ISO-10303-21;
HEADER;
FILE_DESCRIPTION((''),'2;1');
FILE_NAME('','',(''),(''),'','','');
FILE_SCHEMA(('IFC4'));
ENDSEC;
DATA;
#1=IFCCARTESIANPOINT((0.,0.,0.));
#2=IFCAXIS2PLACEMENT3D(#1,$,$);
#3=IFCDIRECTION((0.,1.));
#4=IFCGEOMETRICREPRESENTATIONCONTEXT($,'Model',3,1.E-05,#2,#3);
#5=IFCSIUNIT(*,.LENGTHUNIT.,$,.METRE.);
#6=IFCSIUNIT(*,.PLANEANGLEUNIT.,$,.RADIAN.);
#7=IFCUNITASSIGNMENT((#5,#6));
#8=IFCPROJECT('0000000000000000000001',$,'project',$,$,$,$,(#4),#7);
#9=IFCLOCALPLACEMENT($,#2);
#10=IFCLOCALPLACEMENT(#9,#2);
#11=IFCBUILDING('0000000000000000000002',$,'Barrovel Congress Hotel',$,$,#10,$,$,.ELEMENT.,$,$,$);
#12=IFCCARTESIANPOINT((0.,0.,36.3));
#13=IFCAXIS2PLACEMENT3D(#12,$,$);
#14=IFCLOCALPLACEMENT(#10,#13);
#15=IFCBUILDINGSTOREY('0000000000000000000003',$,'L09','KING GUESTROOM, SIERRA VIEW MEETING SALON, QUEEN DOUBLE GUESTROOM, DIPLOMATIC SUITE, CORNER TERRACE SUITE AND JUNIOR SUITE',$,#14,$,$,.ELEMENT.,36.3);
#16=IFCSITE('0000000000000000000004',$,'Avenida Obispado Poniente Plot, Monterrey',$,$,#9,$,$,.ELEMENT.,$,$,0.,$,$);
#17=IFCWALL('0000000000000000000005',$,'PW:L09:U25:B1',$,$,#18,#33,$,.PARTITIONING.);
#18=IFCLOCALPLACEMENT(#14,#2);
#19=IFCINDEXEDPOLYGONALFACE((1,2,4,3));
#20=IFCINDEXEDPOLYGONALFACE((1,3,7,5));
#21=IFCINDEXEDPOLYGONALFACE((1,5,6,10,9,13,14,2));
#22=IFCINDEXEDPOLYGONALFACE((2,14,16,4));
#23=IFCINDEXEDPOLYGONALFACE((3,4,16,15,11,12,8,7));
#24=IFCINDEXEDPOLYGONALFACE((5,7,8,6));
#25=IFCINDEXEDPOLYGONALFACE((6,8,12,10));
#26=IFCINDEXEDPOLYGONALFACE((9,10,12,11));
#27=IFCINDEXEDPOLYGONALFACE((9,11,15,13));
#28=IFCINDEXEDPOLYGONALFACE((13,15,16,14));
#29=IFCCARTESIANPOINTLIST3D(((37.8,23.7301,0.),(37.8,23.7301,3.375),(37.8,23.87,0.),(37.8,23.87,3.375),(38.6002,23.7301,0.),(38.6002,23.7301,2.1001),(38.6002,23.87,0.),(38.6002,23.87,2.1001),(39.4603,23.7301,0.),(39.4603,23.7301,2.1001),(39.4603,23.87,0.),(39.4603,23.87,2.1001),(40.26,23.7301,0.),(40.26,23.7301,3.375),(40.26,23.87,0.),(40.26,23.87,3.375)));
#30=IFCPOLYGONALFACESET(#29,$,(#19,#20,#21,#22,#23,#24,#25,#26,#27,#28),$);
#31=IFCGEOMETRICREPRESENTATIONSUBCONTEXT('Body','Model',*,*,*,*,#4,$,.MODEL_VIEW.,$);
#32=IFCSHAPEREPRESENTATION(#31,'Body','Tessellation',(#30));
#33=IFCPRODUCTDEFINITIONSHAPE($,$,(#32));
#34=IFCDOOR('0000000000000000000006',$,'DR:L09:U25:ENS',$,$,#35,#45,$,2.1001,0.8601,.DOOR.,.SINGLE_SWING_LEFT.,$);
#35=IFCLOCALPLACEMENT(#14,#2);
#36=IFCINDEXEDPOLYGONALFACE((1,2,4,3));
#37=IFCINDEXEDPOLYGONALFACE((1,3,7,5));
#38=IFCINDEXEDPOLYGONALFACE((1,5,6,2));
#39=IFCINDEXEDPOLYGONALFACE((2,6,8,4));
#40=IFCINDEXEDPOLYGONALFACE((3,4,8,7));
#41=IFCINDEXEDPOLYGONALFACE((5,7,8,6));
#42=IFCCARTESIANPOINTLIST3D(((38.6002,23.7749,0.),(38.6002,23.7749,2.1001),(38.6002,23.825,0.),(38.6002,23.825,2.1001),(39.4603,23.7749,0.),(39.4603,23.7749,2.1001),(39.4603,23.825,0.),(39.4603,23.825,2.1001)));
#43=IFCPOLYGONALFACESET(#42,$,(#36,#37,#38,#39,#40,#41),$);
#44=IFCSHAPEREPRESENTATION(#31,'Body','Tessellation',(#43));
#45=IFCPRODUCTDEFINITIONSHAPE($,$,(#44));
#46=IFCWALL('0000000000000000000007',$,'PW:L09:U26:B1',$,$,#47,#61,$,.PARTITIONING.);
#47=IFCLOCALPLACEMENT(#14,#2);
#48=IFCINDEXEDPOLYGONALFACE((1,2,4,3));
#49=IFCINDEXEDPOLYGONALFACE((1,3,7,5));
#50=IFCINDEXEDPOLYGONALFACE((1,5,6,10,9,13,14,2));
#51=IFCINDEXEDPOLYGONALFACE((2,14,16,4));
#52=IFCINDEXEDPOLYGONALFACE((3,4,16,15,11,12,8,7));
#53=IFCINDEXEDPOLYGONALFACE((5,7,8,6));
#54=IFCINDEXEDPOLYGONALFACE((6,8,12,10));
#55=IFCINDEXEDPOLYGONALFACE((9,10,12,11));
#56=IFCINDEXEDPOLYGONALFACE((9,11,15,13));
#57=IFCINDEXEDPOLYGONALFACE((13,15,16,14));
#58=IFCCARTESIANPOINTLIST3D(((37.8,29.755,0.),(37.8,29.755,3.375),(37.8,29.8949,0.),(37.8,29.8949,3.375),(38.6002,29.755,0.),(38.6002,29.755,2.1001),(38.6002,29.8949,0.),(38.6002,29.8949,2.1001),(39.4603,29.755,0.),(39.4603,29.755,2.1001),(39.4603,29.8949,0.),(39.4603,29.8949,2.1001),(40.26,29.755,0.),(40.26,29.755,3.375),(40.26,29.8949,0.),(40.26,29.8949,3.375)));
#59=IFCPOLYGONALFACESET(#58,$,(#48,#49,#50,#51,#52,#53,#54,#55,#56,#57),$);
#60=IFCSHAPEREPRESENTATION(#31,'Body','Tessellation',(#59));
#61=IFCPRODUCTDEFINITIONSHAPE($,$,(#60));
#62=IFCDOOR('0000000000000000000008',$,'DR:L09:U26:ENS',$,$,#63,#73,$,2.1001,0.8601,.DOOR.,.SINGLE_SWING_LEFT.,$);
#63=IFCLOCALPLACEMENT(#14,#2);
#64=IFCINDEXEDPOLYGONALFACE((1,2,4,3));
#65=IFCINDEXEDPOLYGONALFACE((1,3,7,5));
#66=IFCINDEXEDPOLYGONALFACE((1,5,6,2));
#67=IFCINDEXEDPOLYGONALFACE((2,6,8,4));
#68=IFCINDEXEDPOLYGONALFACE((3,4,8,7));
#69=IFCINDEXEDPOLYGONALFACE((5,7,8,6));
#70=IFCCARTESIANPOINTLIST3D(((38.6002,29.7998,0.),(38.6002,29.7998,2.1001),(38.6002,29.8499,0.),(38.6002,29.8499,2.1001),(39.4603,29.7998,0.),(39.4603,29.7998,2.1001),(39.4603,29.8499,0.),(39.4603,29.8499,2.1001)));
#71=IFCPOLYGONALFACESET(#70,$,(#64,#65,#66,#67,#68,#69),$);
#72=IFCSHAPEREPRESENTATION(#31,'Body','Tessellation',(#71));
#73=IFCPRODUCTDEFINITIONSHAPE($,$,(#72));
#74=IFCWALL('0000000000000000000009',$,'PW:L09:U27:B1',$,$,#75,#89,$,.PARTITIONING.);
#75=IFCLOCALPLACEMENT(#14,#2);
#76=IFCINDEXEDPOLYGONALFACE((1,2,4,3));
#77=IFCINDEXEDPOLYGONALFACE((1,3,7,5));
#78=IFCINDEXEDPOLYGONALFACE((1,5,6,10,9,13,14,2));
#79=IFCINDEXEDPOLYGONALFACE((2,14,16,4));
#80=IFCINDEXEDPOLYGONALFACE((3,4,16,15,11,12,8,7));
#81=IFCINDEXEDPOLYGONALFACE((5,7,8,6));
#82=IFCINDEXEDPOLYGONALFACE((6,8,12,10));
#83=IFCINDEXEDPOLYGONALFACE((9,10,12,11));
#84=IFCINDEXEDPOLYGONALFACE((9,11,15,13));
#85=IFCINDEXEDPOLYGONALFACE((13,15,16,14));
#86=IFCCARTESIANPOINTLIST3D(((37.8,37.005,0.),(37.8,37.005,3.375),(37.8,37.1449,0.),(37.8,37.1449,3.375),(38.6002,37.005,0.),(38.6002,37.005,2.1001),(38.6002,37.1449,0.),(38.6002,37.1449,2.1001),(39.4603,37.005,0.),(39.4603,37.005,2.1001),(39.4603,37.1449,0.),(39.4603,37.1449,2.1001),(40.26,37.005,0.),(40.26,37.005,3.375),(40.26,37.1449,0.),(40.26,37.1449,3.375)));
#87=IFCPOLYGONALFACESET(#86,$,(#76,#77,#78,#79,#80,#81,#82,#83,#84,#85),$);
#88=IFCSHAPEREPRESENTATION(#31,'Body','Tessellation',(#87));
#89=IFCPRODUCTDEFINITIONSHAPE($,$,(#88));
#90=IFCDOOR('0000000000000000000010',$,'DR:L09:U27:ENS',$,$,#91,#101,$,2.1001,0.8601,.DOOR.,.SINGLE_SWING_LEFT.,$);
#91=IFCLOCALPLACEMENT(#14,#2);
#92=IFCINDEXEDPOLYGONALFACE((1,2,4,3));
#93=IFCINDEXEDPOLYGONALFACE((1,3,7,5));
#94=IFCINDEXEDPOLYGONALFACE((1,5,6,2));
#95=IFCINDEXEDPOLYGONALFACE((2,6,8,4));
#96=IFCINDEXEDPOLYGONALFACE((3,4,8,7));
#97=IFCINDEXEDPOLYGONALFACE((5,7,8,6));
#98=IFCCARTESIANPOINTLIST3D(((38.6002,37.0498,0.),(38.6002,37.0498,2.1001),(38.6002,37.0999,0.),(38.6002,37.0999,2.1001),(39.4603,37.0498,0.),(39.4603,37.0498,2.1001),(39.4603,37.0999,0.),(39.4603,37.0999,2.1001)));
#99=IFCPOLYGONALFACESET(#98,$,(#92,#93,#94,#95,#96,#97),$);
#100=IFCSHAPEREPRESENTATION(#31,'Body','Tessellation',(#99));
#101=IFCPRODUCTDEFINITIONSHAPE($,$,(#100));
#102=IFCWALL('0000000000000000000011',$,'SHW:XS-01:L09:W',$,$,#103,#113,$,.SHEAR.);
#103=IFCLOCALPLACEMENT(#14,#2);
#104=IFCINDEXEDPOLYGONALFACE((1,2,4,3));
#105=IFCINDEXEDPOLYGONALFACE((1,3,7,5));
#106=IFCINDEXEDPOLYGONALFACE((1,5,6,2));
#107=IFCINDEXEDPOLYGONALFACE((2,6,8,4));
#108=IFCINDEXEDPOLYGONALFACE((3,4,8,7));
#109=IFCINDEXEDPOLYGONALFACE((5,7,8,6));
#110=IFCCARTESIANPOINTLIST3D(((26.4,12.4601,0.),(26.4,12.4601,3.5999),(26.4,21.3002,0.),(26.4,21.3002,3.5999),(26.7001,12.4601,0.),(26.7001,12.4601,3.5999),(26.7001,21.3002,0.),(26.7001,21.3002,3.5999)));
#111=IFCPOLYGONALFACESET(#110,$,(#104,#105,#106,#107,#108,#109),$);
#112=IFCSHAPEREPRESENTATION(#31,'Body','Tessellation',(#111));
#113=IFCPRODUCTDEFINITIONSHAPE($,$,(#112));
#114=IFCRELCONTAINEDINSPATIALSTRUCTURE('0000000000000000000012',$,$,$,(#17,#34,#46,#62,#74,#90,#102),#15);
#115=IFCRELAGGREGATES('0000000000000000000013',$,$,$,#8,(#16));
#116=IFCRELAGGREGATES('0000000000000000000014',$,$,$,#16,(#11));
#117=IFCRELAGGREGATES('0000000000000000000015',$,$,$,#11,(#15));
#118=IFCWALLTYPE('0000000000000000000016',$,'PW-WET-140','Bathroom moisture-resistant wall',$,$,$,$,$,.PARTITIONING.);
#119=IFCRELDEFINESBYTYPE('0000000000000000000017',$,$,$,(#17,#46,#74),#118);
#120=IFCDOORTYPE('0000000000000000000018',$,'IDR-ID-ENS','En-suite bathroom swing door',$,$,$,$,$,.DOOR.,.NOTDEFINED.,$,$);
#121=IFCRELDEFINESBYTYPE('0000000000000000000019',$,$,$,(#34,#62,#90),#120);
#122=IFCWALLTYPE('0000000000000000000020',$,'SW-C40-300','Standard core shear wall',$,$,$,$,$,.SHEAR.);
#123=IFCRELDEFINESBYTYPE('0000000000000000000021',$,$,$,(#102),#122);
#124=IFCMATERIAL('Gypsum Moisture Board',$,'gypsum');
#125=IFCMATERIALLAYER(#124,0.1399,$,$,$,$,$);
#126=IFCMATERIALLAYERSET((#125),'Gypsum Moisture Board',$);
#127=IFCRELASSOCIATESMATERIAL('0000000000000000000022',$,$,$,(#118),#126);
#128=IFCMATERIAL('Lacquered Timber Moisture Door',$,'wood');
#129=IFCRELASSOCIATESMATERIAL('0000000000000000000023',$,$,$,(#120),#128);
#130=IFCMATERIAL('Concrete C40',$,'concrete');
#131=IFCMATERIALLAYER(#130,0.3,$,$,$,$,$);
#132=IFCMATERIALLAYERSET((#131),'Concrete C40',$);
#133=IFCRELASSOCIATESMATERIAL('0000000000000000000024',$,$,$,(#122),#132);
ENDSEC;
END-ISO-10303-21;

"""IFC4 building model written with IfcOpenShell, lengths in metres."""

from ifc_helpers import new_model, si_unit, direction, frame, frame_2d, origin, place, context, subcontext, project, spatial, rectangle, extrude, material, layer, layer_set, type_object, element, fill, save


model = new_model("IFC4")

# Units and contexts
model_context = context("Model", 3, precision=1e-05, world=origin(), true_north=direction((0.0, 1.0)))
body_context = subcontext(model_context, "Body", "Model", "MODEL_VIEW")
ifc_project = project(units=[si_unit("LENGTHUNIT", "METRE"), si_unit("PLANEANGLEUNIT", "RADIAN")], contexts=[model_context])

# Site, building, storey
site_placement = place(None, origin())
site = spatial("IfcSite", under=ifc_project, at=site_placement, Name="Avenida Obispado Poniente Plot, Monterrey", CompositionType="ELEMENT", RefElevation=0.0)
building_placement = place(site_placement, origin())
building = spatial("IfcBuilding", under=site, at=building_placement, Name="Barrovel Congress Hotel", CompositionType="ELEMENT")
storey_placement = place(building_placement, frame((0.0, 0.0, 36.3)))
storey = spatial("IfcBuildingStorey", under=building, at=storey_placement, Name="L09", Description="KING GUESTROOM, SIERRA VIEW MEETING SALON, QUEEN DOUBLE GUESTROOM, DIPLOMATIC SUITE, CORNER TERRACE SUITE AND JUNIOR SUITE", CompositionType="ELEMENT", Elevation=36.3)

# Shared definitions
ifc_material_1 = material(Name="Concrete C40", Category="concrete")

# Walls, openings, doors
ifc_material_2 = material(Name="Gypsum Moisture Board", Category="gypsum")
ifc_layer_1 = layer(ifc_material_2, 0.1399)
ifc_layer_set_1 = layer_set([ifc_layer_1], Name="Gypsum Moisture Board")
wall_type_1 = type_object("IfcWallType", Name="PW-WET-140", Description="Bathroom moisture-resistant wall", PredefinedType="PARTITIONING", material=ifc_layer_set_1)
wall_1_placement = place(storey_placement, frame((37.8, 23.8, 0.0), z_axis=(0.0, 0.0, 1.0), x_axis=(1.0, 0.0, 0.0)))
wall_1 = element("IfcWall", 1, at=wall_1_placement, inside=storey, type_object=wall_type_1, Name="PW:L09:U25:B1", PredefinedType="PARTITIONING", context=body_context, shape_type="SweptSolid", body=[
    extrude(rectangle(XDim=2.46, YDim=0.1399, at=frame_2d((1.23, 0.0))), origin(), (0.0, 0.0, 1.0), 3.375),
])
opening_1_placement = place(wall_1_placement, frame((0.8, 0.0, 0.0)))
opening_1 = element("IfcOpeningElement", 2, at=opening_1_placement, cuts=wall_1, PredefinedType="OPENING", context=body_context, shape_type="SweptSolid", body=[
    extrude(rectangle(XDim=0.8601, YDim=2.1001, at=frame_2d((0.4302, 1.05))), frame((0.0, 0.0801, 0.0), z_axis=(0.0, -1.0, 0.0), x_axis=(1.0, 0.0, 0.0)), (0.0, 0.0, 1.0), 0.1599),
])
ifc_material_3 = material(Name="Lacquered Timber Moisture Door", Category="wood")
door_type_1 = type_object("IfcDoorType", Name="IDR-ID-ENS", Description="En-suite bathroom swing door", OperationType="NOTDEFINED", PredefinedType="DOOR", material=ifc_material_3)
door_1_placement = place(opening_1_placement, origin())
door_1 = element("IfcDoor", 3, at=door_1_placement, inside=storey, type_object=door_type_1, Name="DR:L09:U25:ENS", OperationType="SINGLE_SWING_LEFT", OverallHeight=2.1001, OverallWidth=0.8601, PredefinedType="DOOR", context=body_context, shape_type="SweptSolid", body=[
    extrude(rectangle(XDim=0.8601, YDim=2.1001, at=frame_2d((0.4302, 1.05))), frame((0.0, 0.0249, 0.0), z_axis=(0.0, -1.0, 0.0), x_axis=(1.0, 0.0, 0.0)), (0.0, 0.0, 1.0), 0.05),
])
fill(opening_1, door_1)
wall_2_placement = place(storey_placement, frame((37.8, 29.825, 0.0), z_axis=(0.0, 0.0, 1.0), x_axis=(1.0, 0.0, 0.0)))
wall_2 = element("IfcWall", 4, at=wall_2_placement, inside=storey, type_object=wall_type_1, Name="PW:L09:U26:B1", PredefinedType="PARTITIONING", context=body_context, shape_type="SweptSolid", body=[
    extrude(rectangle(XDim=2.46, YDim=0.1399, at=frame_2d((1.23, 0.0))), origin(), (0.0, 0.0, 1.0), 3.375),
])
opening_2_placement = place(wall_2_placement, frame((0.8, 0.0, 0.0)))
opening_2 = element("IfcOpeningElement", 5, at=opening_2_placement, cuts=wall_2, PredefinedType="OPENING", context=body_context, shape_type="SweptSolid", body=[
    extrude(rectangle(XDim=0.8601, YDim=2.1001, at=frame_2d((0.4302, 1.05))), frame((0.0, 0.0801, 0.0), z_axis=(0.0, -1.0, 0.0), x_axis=(1.0, 0.0, 0.0)), (0.0, 0.0, 1.0), 0.1599),
])
door_2_placement = place(opening_2_placement, origin())
door_2 = element("IfcDoor", 6, at=door_2_placement, inside=storey, type_object=door_type_1, Name="DR:L09:U26:ENS", OperationType="SINGLE_SWING_LEFT", OverallHeight=2.1001, OverallWidth=0.8601, PredefinedType="DOOR", context=body_context, shape_type="SweptSolid", body=[
    extrude(rectangle(XDim=0.8601, YDim=2.1001, at=frame_2d((0.4302, 1.05))), frame((0.0, 0.0249, 0.0), z_axis=(0.0, -1.0, 0.0), x_axis=(1.0, 0.0, 0.0)), (0.0, 0.0, 1.0), 0.05),
])
fill(opening_2, door_2)
wall_3_placement = place(storey_placement, frame((37.8, 37.075, 0.0), z_axis=(0.0, 0.0, 1.0), x_axis=(1.0, 0.0, 0.0)))
wall_3 = element("IfcWall", 7, at=wall_3_placement, inside=storey, type_object=wall_type_1, Name="PW:L09:U27:B1", PredefinedType="PARTITIONING", context=body_context, shape_type="SweptSolid", body=[
    extrude(rectangle(XDim=2.46, YDim=0.1399, at=frame_2d((1.23, 0.0))), origin(), (0.0, 0.0, 1.0), 3.375),
])
opening_3_placement = place(wall_3_placement, frame((0.8, 0.0, 0.0)))
opening_3 = element("IfcOpeningElement", 8, at=opening_3_placement, cuts=wall_3, PredefinedType="OPENING", context=body_context, shape_type="SweptSolid", body=[
    extrude(rectangle(XDim=0.8601, YDim=2.1001, at=frame_2d((0.4302, 1.05))), frame((0.0, 0.0801, 0.0), z_axis=(0.0, -1.0, 0.0), x_axis=(1.0, 0.0, 0.0)), (0.0, 0.0, 1.0), 0.1599),
])
door_3_placement = place(opening_3_placement, origin())
door_3 = element("IfcDoor", 9, at=door_3_placement, inside=storey, type_object=door_type_1, Name="DR:L09:U27:ENS", OperationType="SINGLE_SWING_LEFT", OverallHeight=2.1001, OverallWidth=0.8601, PredefinedType="DOOR", context=body_context, shape_type="SweptSolid", body=[
    extrude(rectangle(XDim=0.8601, YDim=2.1001, at=frame_2d((0.4302, 1.05))), frame((0.0, 0.0249, 0.0), z_axis=(0.0, -1.0, 0.0), x_axis=(1.0, 0.0, 0.0)), (0.0, 0.0, 1.0), 0.05),
])
fill(opening_3, door_3)

# Wall
ifc_layer_2 = layer(ifc_material_1, 0.3)
ifc_layer_set_2 = layer_set([ifc_layer_2], Name="Concrete C40")
wall_type_2 = type_object("IfcWallType", Name="SW-C40-300", Description="Standard core shear wall", PredefinedType="SHEAR", material=ifc_layer_set_2)
wall_4_placement = place(storey_placement, frame((26.55, 21.3, 0.0), z_axis=(0.0, 0.0, 1.0), x_axis=(0.0, -1.0, 0.0)))
element("IfcWall", 10, at=wall_4_placement, inside=storey, type_object=wall_type_2, Name="SHW:XS-01:L09:W", PredefinedType="SHEAR", context=body_context, shape_type="SweptSolid", body=[
    extrude(rectangle(XDim=8.8401, YDim=0.3, at=frame_2d((4.4199, 0.0))), origin(), (0.0, 0.0, 1.0), 3.5999),
])

save(model, "model.ifc")
